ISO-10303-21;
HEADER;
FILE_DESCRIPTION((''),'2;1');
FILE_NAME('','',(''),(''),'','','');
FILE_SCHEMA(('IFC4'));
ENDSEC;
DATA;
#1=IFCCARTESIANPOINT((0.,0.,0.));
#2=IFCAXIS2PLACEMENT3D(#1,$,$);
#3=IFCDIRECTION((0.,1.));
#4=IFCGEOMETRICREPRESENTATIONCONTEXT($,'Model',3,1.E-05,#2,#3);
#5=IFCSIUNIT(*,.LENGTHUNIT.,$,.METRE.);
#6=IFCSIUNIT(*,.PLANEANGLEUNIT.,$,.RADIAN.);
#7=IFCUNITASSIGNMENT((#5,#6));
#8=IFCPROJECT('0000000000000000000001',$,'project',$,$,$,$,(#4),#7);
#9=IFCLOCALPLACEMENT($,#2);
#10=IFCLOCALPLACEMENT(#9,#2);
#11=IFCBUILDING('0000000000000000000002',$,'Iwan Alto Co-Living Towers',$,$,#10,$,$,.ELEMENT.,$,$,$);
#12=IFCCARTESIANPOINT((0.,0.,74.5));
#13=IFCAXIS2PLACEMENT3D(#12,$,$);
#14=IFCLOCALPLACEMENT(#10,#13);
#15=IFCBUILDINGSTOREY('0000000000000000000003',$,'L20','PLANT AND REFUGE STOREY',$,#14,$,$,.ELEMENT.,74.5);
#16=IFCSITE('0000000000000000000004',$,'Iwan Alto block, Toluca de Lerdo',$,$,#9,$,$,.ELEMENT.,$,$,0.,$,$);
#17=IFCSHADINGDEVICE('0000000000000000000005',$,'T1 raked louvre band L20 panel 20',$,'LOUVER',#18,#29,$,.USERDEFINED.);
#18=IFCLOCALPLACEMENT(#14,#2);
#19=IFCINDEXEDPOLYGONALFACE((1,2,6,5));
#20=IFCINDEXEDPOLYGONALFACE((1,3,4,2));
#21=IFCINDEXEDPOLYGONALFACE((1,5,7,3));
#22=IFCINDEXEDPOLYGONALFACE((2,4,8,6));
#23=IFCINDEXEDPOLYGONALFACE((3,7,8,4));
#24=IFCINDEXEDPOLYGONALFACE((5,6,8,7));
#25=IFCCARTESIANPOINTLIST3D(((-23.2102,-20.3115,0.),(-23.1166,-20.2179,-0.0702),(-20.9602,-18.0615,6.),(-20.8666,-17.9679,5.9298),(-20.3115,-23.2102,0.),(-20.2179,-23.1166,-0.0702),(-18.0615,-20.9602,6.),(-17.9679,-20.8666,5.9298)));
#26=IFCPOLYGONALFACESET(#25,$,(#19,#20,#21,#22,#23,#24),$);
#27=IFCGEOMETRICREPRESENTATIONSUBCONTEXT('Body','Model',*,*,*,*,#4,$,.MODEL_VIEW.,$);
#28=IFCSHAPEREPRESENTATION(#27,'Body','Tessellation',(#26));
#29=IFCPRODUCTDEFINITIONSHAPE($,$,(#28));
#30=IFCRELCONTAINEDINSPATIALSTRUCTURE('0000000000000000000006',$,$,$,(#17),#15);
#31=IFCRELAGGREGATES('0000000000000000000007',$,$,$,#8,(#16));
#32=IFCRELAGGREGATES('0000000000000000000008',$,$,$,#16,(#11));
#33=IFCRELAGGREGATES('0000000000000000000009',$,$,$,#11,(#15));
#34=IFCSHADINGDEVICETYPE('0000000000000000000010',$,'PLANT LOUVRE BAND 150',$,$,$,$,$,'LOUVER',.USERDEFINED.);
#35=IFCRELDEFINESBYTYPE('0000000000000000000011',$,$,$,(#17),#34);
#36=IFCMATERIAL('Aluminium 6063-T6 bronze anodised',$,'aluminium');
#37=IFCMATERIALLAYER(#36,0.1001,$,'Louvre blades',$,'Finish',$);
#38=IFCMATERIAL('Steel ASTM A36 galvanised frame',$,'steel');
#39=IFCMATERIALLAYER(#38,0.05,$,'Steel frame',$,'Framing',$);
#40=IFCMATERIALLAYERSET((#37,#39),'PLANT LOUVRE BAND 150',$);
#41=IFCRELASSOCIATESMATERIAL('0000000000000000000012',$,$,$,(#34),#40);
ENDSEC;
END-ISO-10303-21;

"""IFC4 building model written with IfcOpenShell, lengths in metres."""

from ifc_helpers import new_model, si_unit, direction, frame, origin, place, context, subcontext, project, spatial, polyline, outline, extrude, material, layer, layer_set, type_object, element, save


model = new_model("IFC4")

# Units and contexts
model_context = context("Model", 3, precision=1e-05, world=origin(), true_north=direction((0.0, 1.0)))
body_context = subcontext(model_context, "Body", "Model", "MODEL_VIEW")
ifc_project = project(units=[si_unit("LENGTHUNIT", "METRE"), si_unit("PLANEANGLEUNIT", "RADIAN")], contexts=[model_context])

# Site, building, storey
site_placement = place(None, origin())
site = spatial("IfcSite", under=ifc_project, at=site_placement, Name="Iwan Alto block, Toluca de Lerdo", CompositionType="ELEMENT", RefElevation=0.0)
building_placement = place(site_placement, origin())
building = spatial("IfcBuilding", under=site, at=building_placement, Name="Iwan Alto Co-Living Towers", CompositionType="ELEMENT")
storey_placement = place(building_placement, frame((0.0, 0.0, 74.5)))
storey = spatial("IfcBuildingStorey", under=building, at=storey_placement, Name="L20", Description="PLANT AND REFUGE STOREY", CompositionType="ELEMENT", Elevation=74.5)

# Shared definitions
ifc_material_1 = material(Name="Aluminium 6063-T6 bronze anodised", Category="aluminium")

# Shading device
ifc_layer_1 = layer(ifc_material_1, 0.1001, Name="Louvre blades", Category="Finish")
ifc_material_2 = material(Name="Steel ASTM A36 galvanised frame", Category="steel")
ifc_layer_2 = layer(ifc_material_2, 0.05, Name="Steel frame", Category="Framing")
ifc_layer_set_1 = layer_set([ifc_layer_1, ifc_layer_2], Name="PLANT LOUVRE BAND 150")
shading_device_type = type_object("IfcShadingDeviceType", Name="PLANT LOUVRE BAND 150", ElementType="LOUVER", PredefinedType="USERDEFINED", material=ifc_layer_set_1)
shading_device_1_placement = place(storey_placement, frame((-23.2102, -20.3115, 0.0), z_axis=(-0.624695, -0.624695, 0.468521), x_axis=(0.707107, -0.707107, 0.0)))
element("IfcShadingDevice", 1, at=shading_device_1_placement, inside=storey, type_object=shading_device_type, Name="T1 raked louvre band L20 panel 20", ObjectType="LOUVER", PredefinedType="USERDEFINED", context=body_context, shape_type="SweptSolid", body=[
    extrude(outline(polyline([(0.0, 0.0), (4.0994, 0.0), (4.0994, 6.7915), (0.0, 6.7915), (0.0, 0.0)])), origin(), (0.0, 0.0, -1.0), 0.1499),
])

save(model, "model.ifc")
